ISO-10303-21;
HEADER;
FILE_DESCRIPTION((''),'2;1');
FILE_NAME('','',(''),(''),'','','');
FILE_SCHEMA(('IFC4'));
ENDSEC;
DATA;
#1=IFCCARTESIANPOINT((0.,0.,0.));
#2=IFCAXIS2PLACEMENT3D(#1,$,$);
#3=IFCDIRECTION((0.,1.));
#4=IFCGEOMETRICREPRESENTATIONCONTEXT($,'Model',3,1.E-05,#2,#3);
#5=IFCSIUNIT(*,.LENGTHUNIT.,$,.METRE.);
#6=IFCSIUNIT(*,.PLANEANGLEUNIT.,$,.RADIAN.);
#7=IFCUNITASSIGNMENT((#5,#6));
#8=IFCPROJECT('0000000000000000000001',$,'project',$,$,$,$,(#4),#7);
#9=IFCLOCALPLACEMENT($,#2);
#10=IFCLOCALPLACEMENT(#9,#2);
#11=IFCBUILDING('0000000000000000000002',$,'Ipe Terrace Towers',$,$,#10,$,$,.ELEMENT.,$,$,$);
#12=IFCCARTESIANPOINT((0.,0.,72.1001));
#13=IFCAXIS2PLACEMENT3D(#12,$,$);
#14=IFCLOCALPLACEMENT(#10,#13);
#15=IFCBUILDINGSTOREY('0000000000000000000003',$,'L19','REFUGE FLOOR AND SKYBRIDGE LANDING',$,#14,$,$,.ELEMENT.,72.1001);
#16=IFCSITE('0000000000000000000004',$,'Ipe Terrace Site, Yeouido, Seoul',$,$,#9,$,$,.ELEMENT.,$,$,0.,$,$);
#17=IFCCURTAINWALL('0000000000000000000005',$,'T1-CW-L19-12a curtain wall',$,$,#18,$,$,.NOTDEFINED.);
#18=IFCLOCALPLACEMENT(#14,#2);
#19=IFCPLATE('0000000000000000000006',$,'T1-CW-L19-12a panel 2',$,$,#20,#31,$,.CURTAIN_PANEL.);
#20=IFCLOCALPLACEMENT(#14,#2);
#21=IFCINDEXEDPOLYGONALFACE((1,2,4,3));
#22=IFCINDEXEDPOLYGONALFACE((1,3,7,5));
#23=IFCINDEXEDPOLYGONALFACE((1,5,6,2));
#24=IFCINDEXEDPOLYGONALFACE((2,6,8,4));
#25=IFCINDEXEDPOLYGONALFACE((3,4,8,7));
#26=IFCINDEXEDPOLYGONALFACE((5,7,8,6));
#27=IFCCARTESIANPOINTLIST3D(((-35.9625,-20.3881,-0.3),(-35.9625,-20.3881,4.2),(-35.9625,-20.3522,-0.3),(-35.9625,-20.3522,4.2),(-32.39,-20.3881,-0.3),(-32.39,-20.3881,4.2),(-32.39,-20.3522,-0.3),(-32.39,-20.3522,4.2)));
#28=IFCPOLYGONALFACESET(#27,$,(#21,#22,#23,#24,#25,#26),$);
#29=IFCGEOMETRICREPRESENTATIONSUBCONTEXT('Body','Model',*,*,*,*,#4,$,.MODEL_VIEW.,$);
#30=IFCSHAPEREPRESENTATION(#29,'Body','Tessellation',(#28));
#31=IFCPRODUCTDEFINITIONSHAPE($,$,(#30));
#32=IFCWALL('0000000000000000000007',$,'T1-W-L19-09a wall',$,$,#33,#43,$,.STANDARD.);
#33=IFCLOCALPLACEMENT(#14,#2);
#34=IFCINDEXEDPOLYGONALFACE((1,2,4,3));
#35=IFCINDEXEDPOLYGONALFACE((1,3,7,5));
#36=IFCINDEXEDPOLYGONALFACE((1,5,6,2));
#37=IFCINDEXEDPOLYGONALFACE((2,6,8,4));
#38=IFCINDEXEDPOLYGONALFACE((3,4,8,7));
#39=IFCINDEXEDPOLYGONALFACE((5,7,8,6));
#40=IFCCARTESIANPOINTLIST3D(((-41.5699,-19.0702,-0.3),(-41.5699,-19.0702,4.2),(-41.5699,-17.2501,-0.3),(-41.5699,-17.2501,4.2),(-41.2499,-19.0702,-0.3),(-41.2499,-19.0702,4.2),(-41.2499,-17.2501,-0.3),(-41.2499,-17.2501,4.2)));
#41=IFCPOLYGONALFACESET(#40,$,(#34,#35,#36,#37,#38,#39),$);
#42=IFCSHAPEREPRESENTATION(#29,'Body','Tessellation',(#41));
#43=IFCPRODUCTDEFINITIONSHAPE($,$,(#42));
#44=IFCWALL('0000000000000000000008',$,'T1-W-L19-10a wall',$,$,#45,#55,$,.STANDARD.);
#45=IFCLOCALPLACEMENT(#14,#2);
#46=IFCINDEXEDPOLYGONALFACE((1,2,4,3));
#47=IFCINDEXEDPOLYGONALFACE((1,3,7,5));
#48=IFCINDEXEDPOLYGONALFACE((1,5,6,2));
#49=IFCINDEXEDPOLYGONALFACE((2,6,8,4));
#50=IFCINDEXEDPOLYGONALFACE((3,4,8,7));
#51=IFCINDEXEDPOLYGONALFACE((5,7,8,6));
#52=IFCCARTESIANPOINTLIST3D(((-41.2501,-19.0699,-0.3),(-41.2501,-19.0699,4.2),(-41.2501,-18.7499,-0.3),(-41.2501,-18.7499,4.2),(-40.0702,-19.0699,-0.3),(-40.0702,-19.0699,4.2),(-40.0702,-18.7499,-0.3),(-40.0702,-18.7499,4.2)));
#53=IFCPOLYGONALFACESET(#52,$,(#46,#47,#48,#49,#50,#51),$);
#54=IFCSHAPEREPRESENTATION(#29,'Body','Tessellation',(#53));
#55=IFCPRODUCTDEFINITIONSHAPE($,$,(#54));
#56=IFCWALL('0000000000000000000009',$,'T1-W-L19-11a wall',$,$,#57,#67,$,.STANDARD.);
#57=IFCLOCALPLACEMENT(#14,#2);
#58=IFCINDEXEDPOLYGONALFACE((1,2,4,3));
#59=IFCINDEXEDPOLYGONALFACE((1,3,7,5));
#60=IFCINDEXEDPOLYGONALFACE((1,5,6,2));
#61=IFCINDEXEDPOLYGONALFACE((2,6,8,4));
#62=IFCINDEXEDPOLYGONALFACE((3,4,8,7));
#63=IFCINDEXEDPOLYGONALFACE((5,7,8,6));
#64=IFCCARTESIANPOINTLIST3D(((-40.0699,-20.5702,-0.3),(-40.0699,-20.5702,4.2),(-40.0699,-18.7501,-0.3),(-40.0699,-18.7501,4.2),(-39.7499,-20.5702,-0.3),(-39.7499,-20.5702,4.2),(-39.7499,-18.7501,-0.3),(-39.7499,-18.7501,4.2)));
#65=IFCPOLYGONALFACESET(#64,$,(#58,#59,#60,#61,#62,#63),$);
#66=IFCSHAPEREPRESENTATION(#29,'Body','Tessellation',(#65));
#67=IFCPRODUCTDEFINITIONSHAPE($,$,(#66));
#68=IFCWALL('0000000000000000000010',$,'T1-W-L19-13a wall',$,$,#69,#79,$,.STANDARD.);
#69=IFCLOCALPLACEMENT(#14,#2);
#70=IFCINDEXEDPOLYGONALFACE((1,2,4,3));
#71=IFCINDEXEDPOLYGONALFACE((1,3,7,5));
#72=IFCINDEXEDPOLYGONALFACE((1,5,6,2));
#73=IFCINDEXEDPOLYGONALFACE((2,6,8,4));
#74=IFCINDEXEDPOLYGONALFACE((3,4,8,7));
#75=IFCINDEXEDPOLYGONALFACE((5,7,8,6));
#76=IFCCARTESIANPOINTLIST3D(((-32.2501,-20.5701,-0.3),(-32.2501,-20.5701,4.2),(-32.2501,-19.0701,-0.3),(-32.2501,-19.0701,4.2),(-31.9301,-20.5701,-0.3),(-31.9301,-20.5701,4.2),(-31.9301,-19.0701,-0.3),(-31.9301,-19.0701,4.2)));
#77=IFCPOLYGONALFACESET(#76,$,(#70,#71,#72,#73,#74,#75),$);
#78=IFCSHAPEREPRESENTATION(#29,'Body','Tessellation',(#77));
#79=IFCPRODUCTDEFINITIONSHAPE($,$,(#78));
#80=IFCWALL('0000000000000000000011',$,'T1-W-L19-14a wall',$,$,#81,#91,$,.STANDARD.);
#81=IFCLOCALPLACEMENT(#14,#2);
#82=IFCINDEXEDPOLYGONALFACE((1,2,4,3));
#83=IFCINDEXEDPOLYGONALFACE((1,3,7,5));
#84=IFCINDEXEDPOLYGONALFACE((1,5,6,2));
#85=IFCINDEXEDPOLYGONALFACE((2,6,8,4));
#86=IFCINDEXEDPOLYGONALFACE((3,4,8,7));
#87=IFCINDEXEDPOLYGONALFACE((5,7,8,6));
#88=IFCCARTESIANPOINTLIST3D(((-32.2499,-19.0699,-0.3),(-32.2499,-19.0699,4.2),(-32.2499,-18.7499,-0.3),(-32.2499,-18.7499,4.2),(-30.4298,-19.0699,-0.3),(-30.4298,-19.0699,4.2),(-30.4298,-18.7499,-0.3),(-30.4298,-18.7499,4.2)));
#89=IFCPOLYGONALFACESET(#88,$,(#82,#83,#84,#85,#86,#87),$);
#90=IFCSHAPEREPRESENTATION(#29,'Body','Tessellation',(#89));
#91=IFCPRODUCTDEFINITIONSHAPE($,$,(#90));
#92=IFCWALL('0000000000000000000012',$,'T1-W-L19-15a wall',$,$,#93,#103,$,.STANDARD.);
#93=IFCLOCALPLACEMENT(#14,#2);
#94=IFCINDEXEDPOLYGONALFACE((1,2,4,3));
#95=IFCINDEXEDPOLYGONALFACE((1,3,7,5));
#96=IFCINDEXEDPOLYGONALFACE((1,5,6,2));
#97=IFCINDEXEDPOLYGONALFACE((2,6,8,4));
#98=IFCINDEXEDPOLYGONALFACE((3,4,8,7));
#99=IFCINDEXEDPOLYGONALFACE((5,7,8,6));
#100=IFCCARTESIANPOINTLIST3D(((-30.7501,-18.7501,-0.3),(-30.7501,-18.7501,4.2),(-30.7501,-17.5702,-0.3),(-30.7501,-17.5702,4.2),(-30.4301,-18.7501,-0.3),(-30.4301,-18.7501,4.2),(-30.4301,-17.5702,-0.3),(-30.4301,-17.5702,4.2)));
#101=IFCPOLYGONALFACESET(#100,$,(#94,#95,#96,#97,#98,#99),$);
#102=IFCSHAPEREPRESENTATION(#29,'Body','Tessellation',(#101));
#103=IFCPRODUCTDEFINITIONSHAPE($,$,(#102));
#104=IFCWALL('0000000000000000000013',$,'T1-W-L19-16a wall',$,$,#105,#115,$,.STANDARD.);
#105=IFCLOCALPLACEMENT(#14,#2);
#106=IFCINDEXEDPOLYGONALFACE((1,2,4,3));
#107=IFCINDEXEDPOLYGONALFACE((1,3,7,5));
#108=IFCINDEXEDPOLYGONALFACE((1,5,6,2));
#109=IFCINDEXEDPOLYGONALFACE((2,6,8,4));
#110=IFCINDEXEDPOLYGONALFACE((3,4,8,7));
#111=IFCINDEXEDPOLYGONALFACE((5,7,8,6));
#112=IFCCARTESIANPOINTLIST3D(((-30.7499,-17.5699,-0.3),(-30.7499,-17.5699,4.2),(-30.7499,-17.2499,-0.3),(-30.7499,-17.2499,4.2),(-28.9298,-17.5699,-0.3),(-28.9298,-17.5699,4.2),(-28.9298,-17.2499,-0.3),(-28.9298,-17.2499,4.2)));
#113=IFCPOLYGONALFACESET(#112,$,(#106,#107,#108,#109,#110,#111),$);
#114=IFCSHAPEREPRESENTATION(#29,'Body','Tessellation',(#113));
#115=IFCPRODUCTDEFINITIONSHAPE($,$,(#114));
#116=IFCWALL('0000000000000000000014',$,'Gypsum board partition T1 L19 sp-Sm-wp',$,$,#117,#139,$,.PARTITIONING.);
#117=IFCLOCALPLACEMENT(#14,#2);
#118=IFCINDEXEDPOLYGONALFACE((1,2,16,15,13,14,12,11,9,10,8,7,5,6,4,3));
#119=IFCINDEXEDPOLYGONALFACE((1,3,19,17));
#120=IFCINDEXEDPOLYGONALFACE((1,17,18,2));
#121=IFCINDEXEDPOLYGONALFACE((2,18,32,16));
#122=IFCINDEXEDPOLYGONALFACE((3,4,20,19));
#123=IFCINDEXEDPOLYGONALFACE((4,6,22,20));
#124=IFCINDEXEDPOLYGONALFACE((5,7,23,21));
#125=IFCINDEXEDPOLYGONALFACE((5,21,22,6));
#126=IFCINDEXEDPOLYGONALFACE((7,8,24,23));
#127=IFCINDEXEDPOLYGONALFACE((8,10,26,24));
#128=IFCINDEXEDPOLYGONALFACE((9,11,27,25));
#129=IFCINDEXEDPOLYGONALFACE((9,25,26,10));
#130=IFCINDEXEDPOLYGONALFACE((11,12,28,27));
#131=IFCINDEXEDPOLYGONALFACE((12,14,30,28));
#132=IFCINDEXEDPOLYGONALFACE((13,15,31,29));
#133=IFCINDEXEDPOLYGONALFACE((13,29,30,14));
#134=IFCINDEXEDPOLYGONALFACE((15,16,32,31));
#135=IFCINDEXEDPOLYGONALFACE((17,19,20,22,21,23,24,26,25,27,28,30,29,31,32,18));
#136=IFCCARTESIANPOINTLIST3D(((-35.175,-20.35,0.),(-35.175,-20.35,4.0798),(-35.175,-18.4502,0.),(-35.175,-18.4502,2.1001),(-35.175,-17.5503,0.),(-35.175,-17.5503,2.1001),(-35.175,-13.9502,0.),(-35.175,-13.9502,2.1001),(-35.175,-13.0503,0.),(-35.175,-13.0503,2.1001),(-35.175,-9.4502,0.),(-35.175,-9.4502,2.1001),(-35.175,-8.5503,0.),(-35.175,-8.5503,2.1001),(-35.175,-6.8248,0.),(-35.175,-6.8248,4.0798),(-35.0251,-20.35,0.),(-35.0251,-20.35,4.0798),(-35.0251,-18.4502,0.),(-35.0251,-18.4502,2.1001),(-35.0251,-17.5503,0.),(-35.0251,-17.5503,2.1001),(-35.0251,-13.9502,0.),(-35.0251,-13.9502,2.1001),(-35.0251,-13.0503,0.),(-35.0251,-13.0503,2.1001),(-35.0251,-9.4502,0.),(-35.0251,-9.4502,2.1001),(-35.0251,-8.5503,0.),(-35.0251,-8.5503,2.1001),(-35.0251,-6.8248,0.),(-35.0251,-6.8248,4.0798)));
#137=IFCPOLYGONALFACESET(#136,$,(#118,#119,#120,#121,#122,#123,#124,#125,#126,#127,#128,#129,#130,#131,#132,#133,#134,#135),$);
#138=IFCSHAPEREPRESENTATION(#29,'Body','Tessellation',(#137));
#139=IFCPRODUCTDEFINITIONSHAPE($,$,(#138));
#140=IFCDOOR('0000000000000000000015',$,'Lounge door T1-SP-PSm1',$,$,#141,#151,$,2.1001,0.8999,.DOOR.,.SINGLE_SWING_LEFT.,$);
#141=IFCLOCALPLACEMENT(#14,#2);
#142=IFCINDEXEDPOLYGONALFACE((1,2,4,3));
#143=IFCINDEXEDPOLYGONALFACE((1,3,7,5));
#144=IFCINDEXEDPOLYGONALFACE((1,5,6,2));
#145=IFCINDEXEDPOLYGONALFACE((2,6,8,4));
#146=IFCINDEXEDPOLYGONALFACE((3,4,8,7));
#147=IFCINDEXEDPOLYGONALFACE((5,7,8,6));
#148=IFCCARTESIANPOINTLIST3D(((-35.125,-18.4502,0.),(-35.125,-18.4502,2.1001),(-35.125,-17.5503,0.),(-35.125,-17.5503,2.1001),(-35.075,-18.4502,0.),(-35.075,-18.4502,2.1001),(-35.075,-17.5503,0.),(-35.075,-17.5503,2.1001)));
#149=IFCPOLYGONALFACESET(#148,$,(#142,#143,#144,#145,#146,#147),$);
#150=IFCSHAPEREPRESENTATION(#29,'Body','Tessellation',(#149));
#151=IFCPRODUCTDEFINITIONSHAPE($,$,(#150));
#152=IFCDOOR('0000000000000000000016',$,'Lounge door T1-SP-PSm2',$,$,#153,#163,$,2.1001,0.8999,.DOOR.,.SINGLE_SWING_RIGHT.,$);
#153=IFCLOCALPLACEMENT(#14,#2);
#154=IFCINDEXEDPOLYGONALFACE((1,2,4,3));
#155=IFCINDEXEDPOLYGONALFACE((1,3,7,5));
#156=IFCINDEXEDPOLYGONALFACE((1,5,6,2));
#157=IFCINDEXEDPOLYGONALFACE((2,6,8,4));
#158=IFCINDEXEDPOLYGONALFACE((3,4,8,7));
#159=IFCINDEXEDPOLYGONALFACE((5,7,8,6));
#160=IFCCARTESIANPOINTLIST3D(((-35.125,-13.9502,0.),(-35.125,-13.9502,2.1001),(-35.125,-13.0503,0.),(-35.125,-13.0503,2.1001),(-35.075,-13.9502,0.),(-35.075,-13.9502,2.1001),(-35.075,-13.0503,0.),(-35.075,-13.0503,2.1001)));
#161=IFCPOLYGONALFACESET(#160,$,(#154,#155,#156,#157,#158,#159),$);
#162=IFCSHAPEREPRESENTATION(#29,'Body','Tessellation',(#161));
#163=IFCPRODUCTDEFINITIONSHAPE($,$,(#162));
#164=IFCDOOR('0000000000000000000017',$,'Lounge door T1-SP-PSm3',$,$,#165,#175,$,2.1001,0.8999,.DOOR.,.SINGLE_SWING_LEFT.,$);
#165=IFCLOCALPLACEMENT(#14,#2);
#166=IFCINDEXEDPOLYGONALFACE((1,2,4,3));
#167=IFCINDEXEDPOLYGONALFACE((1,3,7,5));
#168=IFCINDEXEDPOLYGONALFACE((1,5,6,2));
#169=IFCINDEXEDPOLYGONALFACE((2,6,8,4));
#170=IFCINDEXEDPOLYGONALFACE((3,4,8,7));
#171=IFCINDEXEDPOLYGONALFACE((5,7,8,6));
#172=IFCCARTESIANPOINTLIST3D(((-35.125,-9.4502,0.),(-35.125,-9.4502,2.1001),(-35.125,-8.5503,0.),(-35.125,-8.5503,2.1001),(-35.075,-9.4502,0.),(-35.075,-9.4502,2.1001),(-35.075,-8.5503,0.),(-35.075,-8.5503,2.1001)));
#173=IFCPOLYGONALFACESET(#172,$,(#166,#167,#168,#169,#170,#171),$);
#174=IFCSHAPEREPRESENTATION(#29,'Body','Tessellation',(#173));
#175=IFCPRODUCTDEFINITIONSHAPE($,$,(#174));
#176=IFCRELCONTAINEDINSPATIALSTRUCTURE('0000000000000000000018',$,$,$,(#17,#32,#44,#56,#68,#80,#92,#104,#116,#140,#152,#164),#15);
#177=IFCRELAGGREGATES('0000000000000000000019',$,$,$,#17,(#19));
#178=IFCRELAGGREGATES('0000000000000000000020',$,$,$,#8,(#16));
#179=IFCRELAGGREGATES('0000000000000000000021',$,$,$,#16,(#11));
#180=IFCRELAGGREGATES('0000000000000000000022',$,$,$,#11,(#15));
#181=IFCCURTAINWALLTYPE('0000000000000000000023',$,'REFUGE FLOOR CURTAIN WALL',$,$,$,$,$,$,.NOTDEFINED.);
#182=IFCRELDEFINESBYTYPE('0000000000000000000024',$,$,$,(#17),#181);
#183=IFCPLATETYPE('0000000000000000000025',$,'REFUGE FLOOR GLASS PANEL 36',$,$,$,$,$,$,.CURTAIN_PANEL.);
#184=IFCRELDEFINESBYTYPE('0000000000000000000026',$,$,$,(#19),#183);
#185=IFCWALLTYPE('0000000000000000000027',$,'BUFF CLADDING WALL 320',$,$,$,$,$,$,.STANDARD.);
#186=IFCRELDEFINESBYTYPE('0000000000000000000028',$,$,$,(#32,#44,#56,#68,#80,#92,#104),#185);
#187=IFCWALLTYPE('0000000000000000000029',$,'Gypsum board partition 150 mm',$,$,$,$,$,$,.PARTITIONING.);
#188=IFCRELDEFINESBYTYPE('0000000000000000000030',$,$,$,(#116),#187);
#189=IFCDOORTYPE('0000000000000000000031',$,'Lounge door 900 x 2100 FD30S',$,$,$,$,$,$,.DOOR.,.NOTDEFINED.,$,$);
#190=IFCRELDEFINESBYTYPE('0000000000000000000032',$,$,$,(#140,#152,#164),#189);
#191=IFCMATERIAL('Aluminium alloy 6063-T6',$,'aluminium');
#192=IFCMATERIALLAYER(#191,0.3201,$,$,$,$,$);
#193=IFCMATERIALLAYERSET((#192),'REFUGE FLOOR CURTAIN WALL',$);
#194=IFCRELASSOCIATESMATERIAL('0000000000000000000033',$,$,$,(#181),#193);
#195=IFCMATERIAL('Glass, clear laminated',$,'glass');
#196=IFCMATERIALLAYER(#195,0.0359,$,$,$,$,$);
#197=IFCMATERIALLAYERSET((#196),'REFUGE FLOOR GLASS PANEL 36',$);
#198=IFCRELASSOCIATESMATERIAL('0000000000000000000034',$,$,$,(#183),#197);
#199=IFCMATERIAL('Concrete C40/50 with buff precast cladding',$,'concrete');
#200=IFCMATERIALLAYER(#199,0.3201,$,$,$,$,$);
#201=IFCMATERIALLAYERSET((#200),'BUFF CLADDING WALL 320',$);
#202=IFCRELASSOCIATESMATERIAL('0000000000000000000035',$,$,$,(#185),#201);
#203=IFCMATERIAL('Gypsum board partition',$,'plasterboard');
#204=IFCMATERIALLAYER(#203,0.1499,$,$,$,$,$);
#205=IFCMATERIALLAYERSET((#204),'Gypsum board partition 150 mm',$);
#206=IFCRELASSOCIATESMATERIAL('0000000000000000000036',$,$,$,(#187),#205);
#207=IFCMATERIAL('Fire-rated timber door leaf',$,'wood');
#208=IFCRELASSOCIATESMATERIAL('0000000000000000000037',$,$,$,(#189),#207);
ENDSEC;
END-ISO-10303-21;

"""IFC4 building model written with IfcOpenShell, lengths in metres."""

from ifc_helpers import new_model, si_unit, direction, frame, frame_2d, origin, origin_2d, place, context, subcontext, project, spatial, rectangle, extrude, material, layer, layer_set, type_object, element, fill, aggregate, save


model = new_model("IFC4")

# Units and contexts
model_context = context("Model", 3, precision=1e-05, world=origin(), true_north=direction((0.0, 1.0)))
body_context = subcontext(model_context, "Body", "Model", "MODEL_VIEW")
ifc_project = project(units=[si_unit("LENGTHUNIT", "METRE"), si_unit("PLANEANGLEUNIT", "RADIAN")], contexts=[model_context])

# Site, building, storey
site_placement = place(None, origin())
site = spatial("IfcSite", under=ifc_project, at=site_placement, Name="Ipe Terrace Site, Yeouido, Seoul", CompositionType="ELEMENT", RefElevation=0.0)
building_placement = place(site_placement, origin())
building = spatial("IfcBuilding", under=site, at=building_placement, Name="Ipe Terrace Towers", CompositionType="ELEMENT")
storey_placement = place(building_placement, frame((0.0, 0.0, 72.1001)))
storey = spatial("IfcBuildingStorey", under=building, at=storey_placement, Name="L19", Description="REFUGE FLOOR AND SKYBRIDGE LANDING", CompositionType="ELEMENT", Elevation=72.1001)

# Curtain wall, plate
ifc_material_1 = material(Name="Aluminium alloy 6063-T6", Category="aluminium")
ifc_layer_1 = layer(ifc_material_1, 0.3201)
ifc_layer_set_1 = layer_set([ifc_layer_1], Name="REFUGE FLOOR CURTAIN WALL")
curtain_wall_type = type_object("IfcCurtainWallType", Name="REFUGE FLOOR CURTAIN WALL", PredefinedType="NOTDEFINED", material=ifc_layer_set_1)
curtain_wall_placement = place(storey_placement, origin())
curtain_wall = element("IfcCurtainWall", 1, at=curtain_wall_placement, inside=storey, type_object=curtain_wall_type, Name="T1-CW-L19-12a curtain wall", PredefinedType="NOTDEFINED")
ifc_material_2 = material(Name="Glass, clear laminated", Category="glass")
ifc_layer_2 = layer(ifc_material_2, 0.0359)
ifc_layer_set_2 = layer_set([ifc_layer_2], Name="REFUGE FLOOR GLASS PANEL 36")
plate_type = type_object("IfcPlateType", Name="REFUGE FLOOR GLASS PANEL 36", PredefinedType="CURTAIN_PANEL", material=ifc_layer_set_2)
plate_1_placement = place(storey_placement, frame((-34.1763, -20.3701, -0.3), z_axis=(0.0, 0.0, 1.0), x_axis=(1.0, 0.0, 0.0)))
plate_1 = element("IfcPlate", 2, at=plate_1_placement, type_object=plate_type, Name="T1-CW-L19-12a panel 2", PredefinedType="CURTAIN_PANEL", context=body_context, shape_type="SweptSolid", body=[
    extrude(rectangle(XDim=3.5725, YDim=0.0359, at=origin_2d()), origin(), (0.0, 0.0, 1.0), 4.5),
])
aggregate(curtain_wall, [plate_1])

# Walls
ifc_material_3 = material(Name="Concrete C40/50 with buff precast cladding", Category="concrete")
ifc_layer_3 = layer(ifc_material_3, 0.3201)
ifc_layer_set_3 = layer_set([ifc_layer_3], Name="BUFF CLADDING WALL 320")
wall_type_1 = type_object("IfcWallType", Name="BUFF CLADDING WALL 320", PredefinedType="STANDARD", material=ifc_layer_set_3)
wall_1_placement = place(storey_placement, frame((-41.4099, -17.25, -0.3), z_axis=(0.0, 0.0, 1.0), x_axis=(0.0, -1.0, 0.0)))
element("IfcWall", 3, at=wall_1_placement, inside=storey, type_object=wall_type_1, Name="T1-W-L19-09a wall", PredefinedType="STANDARD", context=body_context, shape_type="SweptSolid", body=[
    extrude(rectangle(XDim=1.8201, YDim=0.3201, at=frame_2d((0.9102, 0.0))), origin(), (0.0, 0.0, 1.0), 4.5),
])
wall_2_placement = place(storey_placement, frame((-41.25, -18.9099, -0.3), z_axis=(0.0, 0.0, 1.0), x_axis=(1.0, 0.0, 0.0)))
element("IfcWall", 4, at=wall_2_placement, inside=storey, type_object=wall_type_1, Name="T1-W-L19-10a wall", PredefinedType="STANDARD", context=body_context, shape_type="SweptSolid", body=[
    extrude(rectangle(XDim=1.1799, YDim=0.3201, at=frame_2d((0.5898, 0.0))), origin(), (0.0, 0.0, 1.0), 4.5),
])
wall_3_placement = place(storey_placement, frame((-39.9099, -18.75, -0.3), z_axis=(0.0, 0.0, 1.0), x_axis=(0.0, -1.0, 0.0)))
element("IfcWall", 5, at=wall_3_placement, inside=storey, type_object=wall_type_1, Name="T1-W-L19-11a wall", PredefinedType="STANDARD", context=body_context, shape_type="SweptSolid", body=[
    extrude(rectangle(XDim=1.8201, YDim=0.3201, at=frame_2d((0.9102, 0.0))), origin(), (0.0, 0.0, 1.0), 4.5),
])
wall_4_placement = place(storey_placement, frame((-32.0901, -20.5701, -0.3), z_axis=(0.0, 0.0, 1.0), x_axis=(0.0, 1.0, 0.0)))
element("IfcWall", 6, at=wall_4_placement, inside=storey, type_object=wall_type_1, Name="T1-W-L19-13a wall", PredefinedType="STANDARD", context=body_context, shape_type="SweptSolid", body=[
    extrude(rectangle(XDim=1.5, YDim=0.3201, at=frame_2d((0.75, 0.0))), origin(), (0.0, 0.0, 1.0), 4.5),
])
wall_5_placement = place(storey_placement, frame((-32.25, -18.9099, -0.3), z_axis=(0.0, 0.0, 1.0), x_axis=(1.0, 0.0, 0.0)))
element("IfcWall", 7, at=wall_5_placement, inside=storey, type_object=wall_type_1, Name="T1-W-L19-14a wall", PredefinedType="STANDARD", context=body_context, shape_type="SweptSolid", body=[
    extrude(rectangle(XDim=1.8201, YDim=0.3201, at=frame_2d((0.9102, 0.0))), origin(), (0.0, 0.0, 1.0), 4.5),
])
wall_6_placement = place(storey_placement, frame((-30.5901, -18.75, -0.3), z_axis=(0.0, 0.0, 1.0), x_axis=(0.0, 1.0, 0.0)))
element("IfcWall", 8, at=wall_6_placement, inside=storey, type_object=wall_type_1, Name="T1-W-L19-15a wall", PredefinedType="STANDARD", context=body_context, shape_type="SweptSolid", body=[
    extrude(rectangle(XDim=1.1799, YDim=0.3201, at=frame_2d((0.5898, 0.0))), origin(), (0.0, 0.0, 1.0), 4.5),
])
wall_7_placement = place(storey_placement, frame((-30.75, -17.4099, -0.3), z_axis=(0.0, 0.0, 1.0), x_axis=(1.0, 0.0, 0.0)))
element("IfcWall", 9, at=wall_7_placement, inside=storey, type_object=wall_type_1, Name="T1-W-L19-16a wall", PredefinedType="STANDARD", context=body_context, shape_type="SweptSolid", body=[
    extrude(rectangle(XDim=1.8201, YDim=0.3201, at=frame_2d((0.9102, 0.0))), origin(), (0.0, 0.0, 1.0), 4.5),
])

# Wall, openings, doors
ifc_material_4 = material(Name="Gypsum board partition", Category="plasterboard")
ifc_layer_4 = layer(ifc_material_4, 0.1499)
ifc_layer_set_4 = layer_set([ifc_layer_4], Name="Gypsum board partition 150 mm")
wall_type_2 = type_object("IfcWallType", Name="Gypsum board partition 150 mm", PredefinedType="PARTITIONING", material=ifc_layer_set_4)
wall_8_placement = place(storey_placement, frame((-35.1001, -20.3501, 0.0), z_axis=(0.0, 0.0, 1.0), x_axis=(0.0, 1.0, 0.0)))
wall_8 = element("IfcWall", 10, at=wall_8_placement, inside=storey, type_object=wall_type_2, Name="Gypsum board partition T1 L19 sp-Sm-wp", PredefinedType="PARTITIONING", context=body_context, shape_type="SweptSolid", body=[
    extrude(rectangle(XDim=13.5251, YDim=0.1499, at=frame_2d((6.7627, 0.0))), origin(), (0.0, 0.0, 1.0), 4.0798),
])
opening_1_placement = place(wall_8_placement, frame((1.8999, 0.0, 0.0)))
opening_1 = element("IfcOpeningElement", 11, at=opening_1_placement, cuts=wall_8, PredefinedType="OPENING", context=body_context, shape_type="SweptSolid", body=[
    extrude(rectangle(XDim=0.8999, YDim=2.1001, at=frame_2d((0.45, 1.05))), frame((0.0, 0.085, 0.0), z_axis=(0.0, -1.0, 0.0), x_axis=(1.0, 0.0, 0.0)), (0.0, 0.0, 1.0), 0.1699),
])
opening_2_placement = place(wall_8_placement, frame((6.3999, 0.0, 0.0)))
opening_2 = element("IfcOpeningElement", 12, at=opening_2_placement, cuts=wall_8, PredefinedType="OPENING", context=body_context, shape_type="SweptSolid", body=[
    extrude(rectangle(XDim=0.8999, YDim=2.1001, at=frame_2d((0.45, 1.05))), frame((0.0, 0.085, 0.0), z_axis=(0.0, -1.0, 0.0), x_axis=(1.0, 0.0, 0.0)), (0.0, 0.0, 1.0), 0.1699),
])
opening_3_placement = place(wall_8_placement, frame((10.8999, 0.0, 0.0)))
opening_3 = element("IfcOpeningElement", 13, at=opening_3_placement, cuts=wall_8, PredefinedType="OPENING", context=body_context, shape_type="SweptSolid", body=[
    extrude(rectangle(XDim=0.8999, YDim=2.1001, at=frame_2d((0.45, 1.05))), frame((0.0, 0.085, 0.0), z_axis=(0.0, -1.0, 0.0), x_axis=(1.0, 0.0, 0.0)), (0.0, 0.0, 1.0), 0.1699),
])
ifc_material_5 = material(Name="Fire-rated timber door leaf", Category="wood")
door_type_1 = type_object("IfcDoorType", Name="Lounge door 900 x 2100 FD30S", OperationType="NOTDEFINED", PredefinedType="DOOR", material=ifc_material_5)
door_1_placement = place(opening_1_placement, origin())
door_1 = element("IfcDoor", 14, at=door_1_placement, inside=storey, type_object=door_type_1, Name="Lounge door T1-SP-PSm1", OperationType="SINGLE_SWING_LEFT", OverallHeight=2.1001, OverallWidth=0.8999, PredefinedType="DOOR", context=body_context, shape_type="SweptSolid", body=[
    extrude(rectangle(XDim=0.8999, YDim=2.1001, at=frame_2d((0.45, 1.05))), frame((0.0, 0.0249, 0.0), z_axis=(0.0, -1.0, 0.0), x_axis=(1.0, 0.0, 0.0)), (0.0, 0.0, 1.0), 0.05),
])
fill(opening_1, door_1)
door_2_placement = place(opening_2_placement, origin())
door_2 = element("IfcDoor", 15, at=door_2_placement, inside=storey, type_object=door_type_1, Name="Lounge door T1-SP-PSm2", OperationType="SINGLE_SWING_RIGHT", OverallHeight=2.1001, OverallWidth=0.8999, PredefinedType="DOOR", context=body_context, shape_type="SweptSolid", body=[
    extrude(rectangle(XDim=0.8999, YDim=2.1001, at=frame_2d((0.45, 1.05))), frame((0.0, 0.0249, 0.0), z_axis=(0.0, -1.0, 0.0), x_axis=(1.0, 0.0, 0.0)), (0.0, 0.0, 1.0), 0.05),
])
fill(opening_2, door_2)
door_3_placement = place(opening_3_placement, origin())
door_3 = element("IfcDoor", 16, at=door_3_placement, inside=storey, type_object=door_type_1, Name="Lounge door T1-SP-PSm3", OperationType="SINGLE_SWING_LEFT", OverallHeight=2.1001, OverallWidth=0.8999, PredefinedType="DOOR", context=body_context, shape_type="SweptSolid", body=[
    extrude(rectangle(XDim=0.8999, YDim=2.1001, at=frame_2d((0.45, 1.05))), frame((0.0, 0.0249, 0.0), z_axis=(0.0, -1.0, 0.0), x_axis=(1.0, 0.0, 0.0)), (0.0, 0.0, 1.0), 0.05),
])
fill(opening_3, door_3)

save(model, "model.ifc")
